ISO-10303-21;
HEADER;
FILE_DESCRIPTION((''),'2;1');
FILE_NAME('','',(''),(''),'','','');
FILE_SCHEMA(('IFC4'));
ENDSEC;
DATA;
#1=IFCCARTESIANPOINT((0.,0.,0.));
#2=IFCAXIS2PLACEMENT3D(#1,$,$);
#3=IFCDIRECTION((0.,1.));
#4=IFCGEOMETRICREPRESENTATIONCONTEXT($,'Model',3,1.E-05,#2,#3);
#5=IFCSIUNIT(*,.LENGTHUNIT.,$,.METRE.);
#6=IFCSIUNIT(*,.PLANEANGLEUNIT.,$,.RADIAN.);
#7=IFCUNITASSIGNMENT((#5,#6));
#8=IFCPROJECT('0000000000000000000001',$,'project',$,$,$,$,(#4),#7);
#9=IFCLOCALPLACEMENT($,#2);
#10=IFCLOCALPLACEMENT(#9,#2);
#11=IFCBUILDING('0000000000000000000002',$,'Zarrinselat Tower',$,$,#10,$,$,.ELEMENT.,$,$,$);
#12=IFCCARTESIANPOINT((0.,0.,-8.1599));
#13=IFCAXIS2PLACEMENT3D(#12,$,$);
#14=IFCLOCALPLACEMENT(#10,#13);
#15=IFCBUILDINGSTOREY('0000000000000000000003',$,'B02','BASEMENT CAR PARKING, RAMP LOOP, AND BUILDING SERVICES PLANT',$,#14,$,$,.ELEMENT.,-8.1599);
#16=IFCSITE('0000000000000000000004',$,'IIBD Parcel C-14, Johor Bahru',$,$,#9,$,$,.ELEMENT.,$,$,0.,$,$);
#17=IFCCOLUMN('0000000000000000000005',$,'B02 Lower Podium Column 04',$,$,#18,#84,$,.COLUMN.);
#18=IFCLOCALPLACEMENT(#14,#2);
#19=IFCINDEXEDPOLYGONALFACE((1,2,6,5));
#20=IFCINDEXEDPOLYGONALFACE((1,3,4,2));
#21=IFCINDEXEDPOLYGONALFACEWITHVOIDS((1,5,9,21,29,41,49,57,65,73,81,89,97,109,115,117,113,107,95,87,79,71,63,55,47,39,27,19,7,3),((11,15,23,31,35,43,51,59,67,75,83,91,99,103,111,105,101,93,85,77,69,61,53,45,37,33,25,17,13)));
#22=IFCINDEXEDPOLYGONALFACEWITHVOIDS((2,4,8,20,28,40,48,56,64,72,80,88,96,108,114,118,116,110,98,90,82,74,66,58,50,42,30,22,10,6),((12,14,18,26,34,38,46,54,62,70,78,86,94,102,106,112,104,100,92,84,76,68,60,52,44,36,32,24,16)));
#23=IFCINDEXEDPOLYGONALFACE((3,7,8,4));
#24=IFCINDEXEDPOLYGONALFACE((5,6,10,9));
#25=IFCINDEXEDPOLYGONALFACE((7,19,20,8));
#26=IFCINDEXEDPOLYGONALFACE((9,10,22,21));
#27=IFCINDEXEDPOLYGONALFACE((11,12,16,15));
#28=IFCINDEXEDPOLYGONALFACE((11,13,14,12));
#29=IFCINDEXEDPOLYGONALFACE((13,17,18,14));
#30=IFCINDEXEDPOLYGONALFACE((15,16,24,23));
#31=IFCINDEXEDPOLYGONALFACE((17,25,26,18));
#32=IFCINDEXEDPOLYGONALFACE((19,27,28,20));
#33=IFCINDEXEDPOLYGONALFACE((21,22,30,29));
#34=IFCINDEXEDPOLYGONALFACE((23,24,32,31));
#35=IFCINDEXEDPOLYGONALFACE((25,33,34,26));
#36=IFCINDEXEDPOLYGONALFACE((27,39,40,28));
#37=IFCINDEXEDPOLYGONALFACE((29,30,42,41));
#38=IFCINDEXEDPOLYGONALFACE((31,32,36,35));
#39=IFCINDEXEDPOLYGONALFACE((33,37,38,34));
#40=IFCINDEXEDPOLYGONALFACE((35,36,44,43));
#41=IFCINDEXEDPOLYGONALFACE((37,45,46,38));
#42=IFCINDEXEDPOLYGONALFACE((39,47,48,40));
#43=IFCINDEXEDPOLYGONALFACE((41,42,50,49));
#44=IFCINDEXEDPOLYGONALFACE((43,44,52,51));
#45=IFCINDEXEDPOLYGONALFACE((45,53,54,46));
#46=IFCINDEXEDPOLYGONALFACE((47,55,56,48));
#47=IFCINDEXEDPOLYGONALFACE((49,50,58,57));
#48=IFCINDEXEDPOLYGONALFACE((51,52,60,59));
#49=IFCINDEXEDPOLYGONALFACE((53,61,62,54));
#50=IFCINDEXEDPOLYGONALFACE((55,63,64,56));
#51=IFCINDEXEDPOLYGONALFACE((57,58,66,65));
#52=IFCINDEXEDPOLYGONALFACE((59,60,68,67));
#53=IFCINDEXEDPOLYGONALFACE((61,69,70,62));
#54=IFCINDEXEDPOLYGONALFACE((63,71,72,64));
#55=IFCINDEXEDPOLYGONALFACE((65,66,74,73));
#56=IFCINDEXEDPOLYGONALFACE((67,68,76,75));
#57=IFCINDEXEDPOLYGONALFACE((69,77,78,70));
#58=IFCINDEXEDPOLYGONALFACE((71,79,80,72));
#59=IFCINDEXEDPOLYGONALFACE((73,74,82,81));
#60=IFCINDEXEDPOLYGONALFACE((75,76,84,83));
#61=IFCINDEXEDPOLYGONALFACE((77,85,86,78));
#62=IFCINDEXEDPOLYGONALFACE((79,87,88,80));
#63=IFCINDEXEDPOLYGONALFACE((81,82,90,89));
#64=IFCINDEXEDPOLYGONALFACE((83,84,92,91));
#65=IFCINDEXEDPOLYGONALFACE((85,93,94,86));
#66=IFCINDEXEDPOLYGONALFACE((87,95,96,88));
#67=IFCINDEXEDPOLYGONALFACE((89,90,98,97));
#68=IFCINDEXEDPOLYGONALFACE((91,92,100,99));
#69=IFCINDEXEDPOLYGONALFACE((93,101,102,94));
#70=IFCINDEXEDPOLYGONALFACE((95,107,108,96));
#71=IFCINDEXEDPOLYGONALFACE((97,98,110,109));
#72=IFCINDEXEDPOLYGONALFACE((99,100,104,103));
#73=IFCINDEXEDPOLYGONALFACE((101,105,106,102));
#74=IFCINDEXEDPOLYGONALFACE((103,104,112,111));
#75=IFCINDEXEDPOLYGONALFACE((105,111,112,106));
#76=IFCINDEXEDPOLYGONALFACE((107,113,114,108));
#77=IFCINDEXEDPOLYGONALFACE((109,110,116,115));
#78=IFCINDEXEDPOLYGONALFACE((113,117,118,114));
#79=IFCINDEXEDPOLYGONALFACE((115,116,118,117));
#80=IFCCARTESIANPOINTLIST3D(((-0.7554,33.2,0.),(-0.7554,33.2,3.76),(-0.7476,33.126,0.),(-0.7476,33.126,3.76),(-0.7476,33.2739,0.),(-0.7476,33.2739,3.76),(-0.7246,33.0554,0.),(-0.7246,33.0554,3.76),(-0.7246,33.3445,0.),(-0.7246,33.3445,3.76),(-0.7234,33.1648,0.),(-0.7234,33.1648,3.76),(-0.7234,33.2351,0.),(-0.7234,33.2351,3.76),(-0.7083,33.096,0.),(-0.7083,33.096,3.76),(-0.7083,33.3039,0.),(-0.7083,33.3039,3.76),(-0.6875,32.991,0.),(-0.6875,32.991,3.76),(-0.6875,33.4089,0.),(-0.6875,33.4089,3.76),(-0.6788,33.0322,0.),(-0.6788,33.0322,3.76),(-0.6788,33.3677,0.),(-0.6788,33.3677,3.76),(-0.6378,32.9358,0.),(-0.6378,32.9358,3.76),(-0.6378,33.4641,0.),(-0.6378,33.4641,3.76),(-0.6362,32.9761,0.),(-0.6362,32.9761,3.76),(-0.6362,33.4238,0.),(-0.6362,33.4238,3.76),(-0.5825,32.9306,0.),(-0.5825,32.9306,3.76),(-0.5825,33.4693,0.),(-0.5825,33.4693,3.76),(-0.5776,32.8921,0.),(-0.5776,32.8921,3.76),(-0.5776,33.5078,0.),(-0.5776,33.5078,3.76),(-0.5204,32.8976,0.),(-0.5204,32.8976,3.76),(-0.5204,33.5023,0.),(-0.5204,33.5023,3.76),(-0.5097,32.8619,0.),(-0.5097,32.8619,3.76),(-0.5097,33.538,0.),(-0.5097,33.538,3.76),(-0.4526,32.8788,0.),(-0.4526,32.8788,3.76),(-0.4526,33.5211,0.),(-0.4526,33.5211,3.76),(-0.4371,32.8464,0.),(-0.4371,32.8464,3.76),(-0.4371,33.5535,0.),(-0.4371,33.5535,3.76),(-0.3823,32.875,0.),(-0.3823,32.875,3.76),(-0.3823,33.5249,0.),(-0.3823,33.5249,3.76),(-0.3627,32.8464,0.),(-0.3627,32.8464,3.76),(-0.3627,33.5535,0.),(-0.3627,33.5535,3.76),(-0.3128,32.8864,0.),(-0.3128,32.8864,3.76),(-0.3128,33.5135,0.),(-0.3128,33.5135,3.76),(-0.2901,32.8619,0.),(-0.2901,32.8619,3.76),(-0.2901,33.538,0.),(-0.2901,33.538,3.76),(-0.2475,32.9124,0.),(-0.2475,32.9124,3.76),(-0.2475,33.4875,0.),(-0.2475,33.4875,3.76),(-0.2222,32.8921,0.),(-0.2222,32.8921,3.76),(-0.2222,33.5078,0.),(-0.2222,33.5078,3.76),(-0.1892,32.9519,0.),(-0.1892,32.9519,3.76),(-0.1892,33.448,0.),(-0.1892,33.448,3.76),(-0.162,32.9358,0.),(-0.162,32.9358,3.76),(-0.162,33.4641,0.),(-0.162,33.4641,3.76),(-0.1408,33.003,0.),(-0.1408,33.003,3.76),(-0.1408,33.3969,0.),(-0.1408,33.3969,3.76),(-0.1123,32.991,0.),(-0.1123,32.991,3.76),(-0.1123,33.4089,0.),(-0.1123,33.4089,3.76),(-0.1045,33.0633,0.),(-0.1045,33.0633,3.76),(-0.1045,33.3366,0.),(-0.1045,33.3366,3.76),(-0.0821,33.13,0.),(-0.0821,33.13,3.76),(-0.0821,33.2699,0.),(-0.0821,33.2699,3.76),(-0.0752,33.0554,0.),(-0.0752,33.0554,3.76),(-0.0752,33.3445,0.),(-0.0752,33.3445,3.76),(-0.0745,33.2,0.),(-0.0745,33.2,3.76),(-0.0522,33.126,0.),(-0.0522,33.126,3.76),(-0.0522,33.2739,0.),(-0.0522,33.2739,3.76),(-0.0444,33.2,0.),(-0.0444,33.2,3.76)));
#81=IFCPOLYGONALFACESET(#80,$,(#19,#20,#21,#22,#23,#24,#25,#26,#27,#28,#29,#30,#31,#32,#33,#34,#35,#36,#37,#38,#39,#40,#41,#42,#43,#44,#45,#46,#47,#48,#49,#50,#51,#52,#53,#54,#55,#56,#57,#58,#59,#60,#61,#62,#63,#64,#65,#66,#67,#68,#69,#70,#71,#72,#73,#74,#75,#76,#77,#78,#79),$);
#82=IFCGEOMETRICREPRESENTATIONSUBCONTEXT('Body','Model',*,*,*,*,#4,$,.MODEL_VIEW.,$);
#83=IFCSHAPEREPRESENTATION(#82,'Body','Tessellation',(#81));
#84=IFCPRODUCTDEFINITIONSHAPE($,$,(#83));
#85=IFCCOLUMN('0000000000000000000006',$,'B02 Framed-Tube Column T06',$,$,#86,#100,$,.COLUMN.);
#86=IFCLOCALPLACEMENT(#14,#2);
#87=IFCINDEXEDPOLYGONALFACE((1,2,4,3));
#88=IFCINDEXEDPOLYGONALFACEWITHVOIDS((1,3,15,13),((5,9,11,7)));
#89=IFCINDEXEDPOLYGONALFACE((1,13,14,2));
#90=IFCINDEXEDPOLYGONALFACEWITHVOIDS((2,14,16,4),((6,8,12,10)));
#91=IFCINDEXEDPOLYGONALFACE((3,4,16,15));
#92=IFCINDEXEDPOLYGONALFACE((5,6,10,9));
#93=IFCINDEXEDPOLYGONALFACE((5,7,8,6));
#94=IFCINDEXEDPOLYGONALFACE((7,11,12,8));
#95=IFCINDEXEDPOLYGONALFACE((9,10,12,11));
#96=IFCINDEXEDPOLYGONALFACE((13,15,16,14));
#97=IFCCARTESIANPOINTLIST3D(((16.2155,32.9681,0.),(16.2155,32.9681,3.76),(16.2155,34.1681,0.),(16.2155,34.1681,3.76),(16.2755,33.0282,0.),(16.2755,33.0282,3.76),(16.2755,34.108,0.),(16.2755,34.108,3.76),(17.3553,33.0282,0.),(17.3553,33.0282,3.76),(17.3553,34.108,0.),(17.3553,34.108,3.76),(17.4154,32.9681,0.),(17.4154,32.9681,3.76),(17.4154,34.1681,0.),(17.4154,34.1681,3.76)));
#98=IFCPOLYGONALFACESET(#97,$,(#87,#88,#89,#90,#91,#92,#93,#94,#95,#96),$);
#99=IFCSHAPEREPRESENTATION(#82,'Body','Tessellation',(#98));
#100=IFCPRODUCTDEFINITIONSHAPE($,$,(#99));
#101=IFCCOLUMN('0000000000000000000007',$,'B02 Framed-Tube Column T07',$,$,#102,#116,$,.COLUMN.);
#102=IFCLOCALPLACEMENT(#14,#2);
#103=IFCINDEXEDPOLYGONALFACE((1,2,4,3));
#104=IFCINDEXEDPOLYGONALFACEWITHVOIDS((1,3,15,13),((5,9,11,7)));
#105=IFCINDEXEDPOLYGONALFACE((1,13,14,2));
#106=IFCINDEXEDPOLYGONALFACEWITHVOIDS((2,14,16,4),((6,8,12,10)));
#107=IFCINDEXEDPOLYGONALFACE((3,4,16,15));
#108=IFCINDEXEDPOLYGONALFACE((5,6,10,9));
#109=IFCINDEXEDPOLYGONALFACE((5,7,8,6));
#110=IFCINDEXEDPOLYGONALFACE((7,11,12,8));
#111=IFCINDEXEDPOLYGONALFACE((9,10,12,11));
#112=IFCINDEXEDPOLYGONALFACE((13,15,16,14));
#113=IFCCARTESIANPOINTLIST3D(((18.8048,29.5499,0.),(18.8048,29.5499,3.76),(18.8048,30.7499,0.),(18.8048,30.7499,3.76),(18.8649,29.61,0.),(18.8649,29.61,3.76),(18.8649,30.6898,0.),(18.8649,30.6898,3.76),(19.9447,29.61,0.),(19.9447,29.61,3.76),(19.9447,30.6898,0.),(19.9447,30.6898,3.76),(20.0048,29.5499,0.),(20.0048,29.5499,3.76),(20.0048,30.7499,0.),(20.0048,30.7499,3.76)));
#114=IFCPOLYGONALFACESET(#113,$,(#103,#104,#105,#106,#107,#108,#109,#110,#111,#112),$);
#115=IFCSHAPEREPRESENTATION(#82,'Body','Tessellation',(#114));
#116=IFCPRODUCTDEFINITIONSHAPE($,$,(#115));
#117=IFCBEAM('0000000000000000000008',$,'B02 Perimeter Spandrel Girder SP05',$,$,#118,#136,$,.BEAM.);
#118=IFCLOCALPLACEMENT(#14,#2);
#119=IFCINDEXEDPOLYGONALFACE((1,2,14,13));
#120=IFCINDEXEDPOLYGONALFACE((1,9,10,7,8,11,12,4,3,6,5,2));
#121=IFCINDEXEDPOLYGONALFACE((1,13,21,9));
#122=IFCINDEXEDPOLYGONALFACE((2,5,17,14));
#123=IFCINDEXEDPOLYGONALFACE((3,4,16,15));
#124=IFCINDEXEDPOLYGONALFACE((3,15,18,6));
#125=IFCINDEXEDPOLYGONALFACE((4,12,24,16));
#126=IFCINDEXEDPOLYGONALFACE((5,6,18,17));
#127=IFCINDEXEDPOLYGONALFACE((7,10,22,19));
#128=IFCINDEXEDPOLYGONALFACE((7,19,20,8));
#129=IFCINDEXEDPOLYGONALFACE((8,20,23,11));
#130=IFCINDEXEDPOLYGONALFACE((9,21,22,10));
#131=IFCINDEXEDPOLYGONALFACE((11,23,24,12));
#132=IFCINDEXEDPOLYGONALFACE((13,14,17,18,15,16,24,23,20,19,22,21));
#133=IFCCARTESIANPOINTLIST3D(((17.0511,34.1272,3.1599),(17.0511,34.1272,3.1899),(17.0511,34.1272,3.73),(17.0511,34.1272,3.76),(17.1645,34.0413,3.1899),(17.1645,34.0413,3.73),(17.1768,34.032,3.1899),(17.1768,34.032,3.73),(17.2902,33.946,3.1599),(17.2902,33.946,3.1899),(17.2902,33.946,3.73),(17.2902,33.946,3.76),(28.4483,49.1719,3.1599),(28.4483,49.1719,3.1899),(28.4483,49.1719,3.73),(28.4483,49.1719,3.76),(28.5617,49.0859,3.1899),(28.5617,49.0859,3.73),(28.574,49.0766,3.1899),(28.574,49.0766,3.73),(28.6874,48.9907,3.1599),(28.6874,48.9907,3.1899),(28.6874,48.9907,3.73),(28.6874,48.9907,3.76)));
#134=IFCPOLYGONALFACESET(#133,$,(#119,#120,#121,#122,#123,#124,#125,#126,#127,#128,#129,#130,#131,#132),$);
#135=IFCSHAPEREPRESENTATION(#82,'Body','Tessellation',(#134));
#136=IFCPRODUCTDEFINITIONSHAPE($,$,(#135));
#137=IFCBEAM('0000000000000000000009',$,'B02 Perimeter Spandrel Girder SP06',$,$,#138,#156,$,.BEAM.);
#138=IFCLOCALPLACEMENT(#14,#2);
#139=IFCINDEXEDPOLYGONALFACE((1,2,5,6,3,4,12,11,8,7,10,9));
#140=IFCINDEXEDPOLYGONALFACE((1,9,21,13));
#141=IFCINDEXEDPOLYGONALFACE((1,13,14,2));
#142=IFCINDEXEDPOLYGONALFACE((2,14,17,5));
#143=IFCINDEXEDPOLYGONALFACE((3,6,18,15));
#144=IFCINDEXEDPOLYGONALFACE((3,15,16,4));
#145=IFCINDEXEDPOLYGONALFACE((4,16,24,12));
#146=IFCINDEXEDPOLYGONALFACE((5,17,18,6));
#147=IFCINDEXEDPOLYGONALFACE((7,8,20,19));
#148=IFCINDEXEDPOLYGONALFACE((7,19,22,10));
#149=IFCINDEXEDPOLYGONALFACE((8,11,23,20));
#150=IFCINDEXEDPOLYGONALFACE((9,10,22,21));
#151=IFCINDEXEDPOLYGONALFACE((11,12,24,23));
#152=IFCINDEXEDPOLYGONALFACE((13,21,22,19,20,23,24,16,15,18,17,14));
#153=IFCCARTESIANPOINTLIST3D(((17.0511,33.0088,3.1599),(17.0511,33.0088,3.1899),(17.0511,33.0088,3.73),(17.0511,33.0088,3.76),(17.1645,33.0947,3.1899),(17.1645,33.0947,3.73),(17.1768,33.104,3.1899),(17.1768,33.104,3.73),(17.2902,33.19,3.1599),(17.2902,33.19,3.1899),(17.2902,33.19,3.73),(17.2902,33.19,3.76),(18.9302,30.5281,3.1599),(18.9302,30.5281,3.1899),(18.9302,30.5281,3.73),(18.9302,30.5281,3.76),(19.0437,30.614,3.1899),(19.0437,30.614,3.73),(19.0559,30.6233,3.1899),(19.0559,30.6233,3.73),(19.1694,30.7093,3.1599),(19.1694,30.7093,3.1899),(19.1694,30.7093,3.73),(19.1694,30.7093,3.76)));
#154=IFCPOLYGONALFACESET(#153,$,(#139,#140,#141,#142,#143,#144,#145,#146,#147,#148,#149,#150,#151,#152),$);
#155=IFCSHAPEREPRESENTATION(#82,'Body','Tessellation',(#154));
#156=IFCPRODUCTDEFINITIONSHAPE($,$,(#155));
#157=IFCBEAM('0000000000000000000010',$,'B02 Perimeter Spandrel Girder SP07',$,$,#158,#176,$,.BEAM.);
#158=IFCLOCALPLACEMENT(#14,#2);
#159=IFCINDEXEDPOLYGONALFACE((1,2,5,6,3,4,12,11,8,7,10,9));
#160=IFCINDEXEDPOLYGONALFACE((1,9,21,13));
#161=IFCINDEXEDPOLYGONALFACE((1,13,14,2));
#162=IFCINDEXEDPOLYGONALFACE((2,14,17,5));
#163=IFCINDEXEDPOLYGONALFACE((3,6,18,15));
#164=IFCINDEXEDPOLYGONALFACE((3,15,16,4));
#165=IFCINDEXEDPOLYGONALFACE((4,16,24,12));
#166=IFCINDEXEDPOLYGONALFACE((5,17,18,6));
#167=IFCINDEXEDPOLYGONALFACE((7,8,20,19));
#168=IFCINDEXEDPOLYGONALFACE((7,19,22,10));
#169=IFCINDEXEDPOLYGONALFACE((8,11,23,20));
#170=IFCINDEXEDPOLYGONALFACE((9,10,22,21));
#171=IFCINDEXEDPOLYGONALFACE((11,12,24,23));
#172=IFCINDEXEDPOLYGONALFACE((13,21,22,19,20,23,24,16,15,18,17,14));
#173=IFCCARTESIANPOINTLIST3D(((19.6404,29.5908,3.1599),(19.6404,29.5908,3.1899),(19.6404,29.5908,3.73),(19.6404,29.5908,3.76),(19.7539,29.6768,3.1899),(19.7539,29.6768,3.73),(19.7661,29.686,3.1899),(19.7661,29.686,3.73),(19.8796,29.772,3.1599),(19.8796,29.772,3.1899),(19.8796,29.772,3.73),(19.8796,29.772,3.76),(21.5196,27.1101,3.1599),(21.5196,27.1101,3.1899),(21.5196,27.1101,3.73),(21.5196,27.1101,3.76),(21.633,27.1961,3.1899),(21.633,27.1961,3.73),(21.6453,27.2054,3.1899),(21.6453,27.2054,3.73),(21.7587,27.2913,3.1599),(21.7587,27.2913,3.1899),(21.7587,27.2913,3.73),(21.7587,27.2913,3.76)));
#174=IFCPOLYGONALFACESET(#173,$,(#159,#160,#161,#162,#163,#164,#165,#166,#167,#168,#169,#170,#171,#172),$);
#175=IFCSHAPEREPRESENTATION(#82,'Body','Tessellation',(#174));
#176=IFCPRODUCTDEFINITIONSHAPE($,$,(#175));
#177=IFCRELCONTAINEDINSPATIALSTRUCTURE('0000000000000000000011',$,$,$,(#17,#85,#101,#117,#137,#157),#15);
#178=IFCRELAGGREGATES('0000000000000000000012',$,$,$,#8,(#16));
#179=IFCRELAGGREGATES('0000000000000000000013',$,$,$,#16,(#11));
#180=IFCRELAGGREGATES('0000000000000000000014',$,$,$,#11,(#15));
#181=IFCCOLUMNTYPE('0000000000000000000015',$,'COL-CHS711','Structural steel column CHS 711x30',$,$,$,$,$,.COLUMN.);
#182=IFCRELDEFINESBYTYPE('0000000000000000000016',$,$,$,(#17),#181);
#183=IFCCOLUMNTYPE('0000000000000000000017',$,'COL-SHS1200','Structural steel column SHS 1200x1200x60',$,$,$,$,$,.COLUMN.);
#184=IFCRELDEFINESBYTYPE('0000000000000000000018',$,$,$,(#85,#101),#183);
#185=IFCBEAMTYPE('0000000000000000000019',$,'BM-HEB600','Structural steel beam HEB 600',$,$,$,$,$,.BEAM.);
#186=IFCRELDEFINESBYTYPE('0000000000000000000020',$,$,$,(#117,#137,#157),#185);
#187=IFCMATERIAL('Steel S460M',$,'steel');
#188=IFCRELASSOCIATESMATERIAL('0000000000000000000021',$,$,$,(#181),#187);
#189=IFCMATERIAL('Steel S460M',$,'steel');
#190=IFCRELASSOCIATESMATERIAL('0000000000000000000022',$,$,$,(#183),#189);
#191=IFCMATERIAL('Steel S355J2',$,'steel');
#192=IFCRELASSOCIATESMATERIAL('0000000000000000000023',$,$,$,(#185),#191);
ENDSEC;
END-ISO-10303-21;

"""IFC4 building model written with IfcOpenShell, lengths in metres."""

from ifc_helpers import new_model, si_unit, direction, frame, origin, origin_2d, place, context, subcontext, project, spatial, hollow_rectangle, hollow_circle, i_section, extrude, material, material_profile, profile_set, type_object, element, save


model = new_model("IFC4")

# Units and contexts
model_context = context("Model", 3, precision=1e-05, world=origin(), true_north=direction((0.0, 1.0)))
body_context = subcontext(model_context, "Body", "Model", "MODEL_VIEW")
ifc_project = project(units=[si_unit("LENGTHUNIT", "METRE"), si_unit("PLANEANGLEUNIT", "RADIAN")], contexts=[model_context])

# Site, building, storey
site_placement = place(None, origin())
site = spatial("IfcSite", under=ifc_project, at=site_placement, Name="IIBD Parcel C-14, Johor Bahru", CompositionType="ELEMENT", RefElevation=0.0)
building_placement = place(site_placement, origin())
building = spatial("IfcBuilding", under=site, at=building_placement, Name="Zarrinselat Tower", CompositionType="ELEMENT")
storey_placement = place(building_placement, frame((0.0, 0.0, -8.1599)))
storey = spatial("IfcBuildingStorey", under=building, at=storey_placement, Name="B02", Description="BASEMENT CAR PARKING, RAMP LOOP, AND BUILDING SERVICES PLANT", CompositionType="ELEMENT", Elevation=-8.1599)

# Columns
ifc_material_1 = material(Name="Steel S460M", Category="steel")
ifc_material_profile_1 = material_profile(ifc_material_1, hollow_circle(Radius=0.3555, WallThickness=0.03, at=origin_2d()), Name="CHS 711x30")
ifc_profile_set_1 = profile_set([ifc_material_profile_1], Name="Steel S460M")
column_type_1 = type_object("IfcColumnType", Name="COL-CHS711", Description="Structural steel column CHS 711x30", PredefinedType="COLUMN", material=ifc_profile_set_1)
for number, where, z_axis, x_axis, name in (
    (1, (-0.3999, 33.2, 0.0), (0.0, 0.0, 1.0), (1.0, 0.0, 0.0), "B02 Lower Podium Column 04"),
):
    element("IfcColumn", number, at=place(storey_placement, frame(where, z_axis=z_axis, x_axis=x_axis)), inside=storey, type_object=column_type_1, Name=name, PredefinedType="COLUMN", context=body_context, shape_type="SweptSolid", body=[
        extrude(hollow_circle(Radius=0.3555, WallThickness=0.03, at=origin_2d()), origin(), (0.0, 0.0, 1.0), 3.76),
    ])
ifc_material_2 = material(Name="Steel S460M", Category="steel")
ifc_material_profile_2 = material_profile(ifc_material_2, hollow_rectangle(XDim=1.2, YDim=1.2, WallThickness=0.0601, at=origin_2d()), Name="SHS 1200x1200x60")
ifc_profile_set_2 = profile_set([ifc_material_profile_2], Name="Steel S460M")
column_type_2 = type_object("IfcColumnType", Name="COL-SHS1200", Description="Structural steel column SHS 1200x1200x60", PredefinedType="COLUMN", material=ifc_profile_set_2)
for number, where, z_axis, x_axis, name in (
    (2, (16.8154, 33.5681, 0.0), (0.0, 0.0, 1.0), (1.0, 0.0, 0.0), "B02 Framed-Tube Column T06"),
    (3, (19.4048, 30.1499, 0.0), (0.0, 0.0, 1.0), (1.0, 0.0, 0.0), "B02 Framed-Tube Column T07"),
):
    element("IfcColumn", number, at=place(storey_placement, frame(where, z_axis=z_axis, x_axis=x_axis)), inside=storey, type_object=column_type_2, Name=name, PredefinedType="COLUMN", context=body_context, shape_type="SweptSolid", body=[
        extrude(hollow_rectangle(XDim=1.2, YDim=1.2, WallThickness=0.0601, at=origin_2d()), origin(), (0.0, 0.0, 1.0), 3.76),
    ])

# Beams
ifc_material_3 = material(Name="Steel S355J2", Category="steel")
ifc_material_profile_3 = material_profile(ifc_material_3, i_section(OverallWidth=0.3, OverallDepth=0.6001, WebThickness=0.0154, FlangeThickness=0.03, at=origin_2d()), Name="HEB 600")
ifc_profile_set_3 = profile_set([ifc_material_profile_3], Name="Steel S355J2")
beam_type_1 = type_object("IfcBeamType", Name="BM-HEB600", Description="Structural steel beam HEB 600", PredefinedType="BEAM", material=ifc_profile_set_3)
beam_1_placement = place(storey_placement, frame((17.1707, 34.0366, 3.46), z_axis=(0.603849, 0.797099, 0.0), x_axis=(-0.797099, 0.603849, 0.0)))
element("IfcBeam", 4, at=beam_1_placement, inside=storey, type_object=beam_type_1, Name="B02 Perimeter Spandrel Girder SP05", PredefinedType="BEAM", context=body_context, shape_type="SweptSolid", body=[
    extrude(i_section(OverallWidth=0.3, OverallDepth=0.6001, WebThickness=0.0154, FlangeThickness=0.03, at=origin_2d()), origin(), (0.0, 0.0, 1.0), 18.8743),
])
for number, where, z_axis, x_axis, name in (
    (5, (17.1707, 33.0994, 3.46), (0.603821, -0.79712, 0.0), (0.79712, 0.603821, 0.0), "B02 Perimeter Spandrel Girder SP06"),
    (6, (19.76, 29.6814, 3.46), (0.603821, -0.79712, 0.0), (0.79712, 0.603821, 0.0), "B02 Perimeter Spandrel Girder SP07"),
):
    element("IfcBeam", number, at=place(storey_placement, frame(where, z_axis=z_axis, x_axis=x_axis)), inside=storey, type_object=beam_type_1, Name=name, PredefinedType="BEAM", context=body_context, shape_type="SweptSolid", body=[
        extrude(i_section(OverallWidth=0.3, OverallDepth=0.6001, WebThickness=0.0154, FlangeThickness=0.03, at=origin_2d()), origin(), (0.0, 0.0, 1.0), 3.1121),
    ])

save(model, "model.ifc")
